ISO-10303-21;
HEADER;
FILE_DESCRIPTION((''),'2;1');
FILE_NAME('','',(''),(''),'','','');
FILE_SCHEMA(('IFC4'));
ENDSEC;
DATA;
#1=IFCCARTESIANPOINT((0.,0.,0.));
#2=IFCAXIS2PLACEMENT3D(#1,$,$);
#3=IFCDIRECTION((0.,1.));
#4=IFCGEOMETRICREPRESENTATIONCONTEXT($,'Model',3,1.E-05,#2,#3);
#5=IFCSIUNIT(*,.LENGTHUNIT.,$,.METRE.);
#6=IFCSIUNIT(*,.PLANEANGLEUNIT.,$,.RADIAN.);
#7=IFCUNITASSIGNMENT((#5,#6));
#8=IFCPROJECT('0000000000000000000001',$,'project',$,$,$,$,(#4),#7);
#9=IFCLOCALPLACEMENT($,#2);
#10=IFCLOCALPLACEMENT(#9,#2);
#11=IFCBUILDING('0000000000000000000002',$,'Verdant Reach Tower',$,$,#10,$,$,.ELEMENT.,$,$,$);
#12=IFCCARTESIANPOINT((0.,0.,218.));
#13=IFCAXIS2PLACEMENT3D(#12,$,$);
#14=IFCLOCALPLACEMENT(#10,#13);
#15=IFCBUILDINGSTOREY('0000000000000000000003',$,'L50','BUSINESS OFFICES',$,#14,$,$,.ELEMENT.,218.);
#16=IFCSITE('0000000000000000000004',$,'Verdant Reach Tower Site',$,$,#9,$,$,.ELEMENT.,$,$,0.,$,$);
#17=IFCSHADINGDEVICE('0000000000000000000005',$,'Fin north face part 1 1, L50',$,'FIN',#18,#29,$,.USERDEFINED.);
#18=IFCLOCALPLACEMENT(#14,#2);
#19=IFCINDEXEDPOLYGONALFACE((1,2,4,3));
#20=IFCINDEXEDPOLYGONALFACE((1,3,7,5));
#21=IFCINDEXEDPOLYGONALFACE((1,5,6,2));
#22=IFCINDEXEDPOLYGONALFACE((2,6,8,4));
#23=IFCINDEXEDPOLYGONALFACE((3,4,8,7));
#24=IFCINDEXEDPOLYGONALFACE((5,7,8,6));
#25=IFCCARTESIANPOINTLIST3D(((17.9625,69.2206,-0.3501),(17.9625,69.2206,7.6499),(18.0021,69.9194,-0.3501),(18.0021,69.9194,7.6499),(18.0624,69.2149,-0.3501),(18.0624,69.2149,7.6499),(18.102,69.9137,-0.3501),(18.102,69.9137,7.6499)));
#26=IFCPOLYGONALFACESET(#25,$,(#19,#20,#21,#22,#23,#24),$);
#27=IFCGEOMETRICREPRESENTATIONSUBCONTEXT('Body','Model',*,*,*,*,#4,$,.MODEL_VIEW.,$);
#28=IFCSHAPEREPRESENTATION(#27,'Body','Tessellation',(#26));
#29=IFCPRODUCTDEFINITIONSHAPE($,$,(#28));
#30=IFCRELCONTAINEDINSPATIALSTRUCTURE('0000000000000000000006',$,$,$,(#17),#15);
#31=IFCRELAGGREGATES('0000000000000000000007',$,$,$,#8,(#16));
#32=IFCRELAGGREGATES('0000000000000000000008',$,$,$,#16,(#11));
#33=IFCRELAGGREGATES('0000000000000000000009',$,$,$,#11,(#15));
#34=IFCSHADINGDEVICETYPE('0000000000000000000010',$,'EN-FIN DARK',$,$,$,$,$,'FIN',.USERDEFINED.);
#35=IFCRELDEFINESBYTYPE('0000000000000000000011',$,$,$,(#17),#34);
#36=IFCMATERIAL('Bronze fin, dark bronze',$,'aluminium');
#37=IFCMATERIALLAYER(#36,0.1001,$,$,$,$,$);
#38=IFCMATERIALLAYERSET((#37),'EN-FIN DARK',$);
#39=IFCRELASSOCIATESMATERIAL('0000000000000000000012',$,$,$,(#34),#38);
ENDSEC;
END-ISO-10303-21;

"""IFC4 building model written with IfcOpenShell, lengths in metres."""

from ifc_helpers import new_model, si_unit, direction, frame, origin, origin_2d, place, context, subcontext, project, spatial, rectangle, extrude, material, layer, layer_set, type_object, element, save


model = new_model("IFC4")

# Units and contexts
model_context = context("Model", 3, precision=1e-05, world=origin(), true_north=direction((0.0, 1.0)))
body_context = subcontext(model_context, "Body", "Model", "MODEL_VIEW")
ifc_project = project(units=[si_unit("LENGTHUNIT", "METRE"), si_unit("PLANEANGLEUNIT", "RADIAN")], contexts=[model_context])

# Site, building, storey
site_placement = place(None, origin())
site = spatial("IfcSite", under=ifc_project, at=site_placement, Name="Verdant Reach Tower Site", CompositionType="ELEMENT", RefElevation=0.0)
building_placement = place(site_placement, origin())
building = spatial("IfcBuilding", under=site, at=building_placement, Name="Verdant Reach Tower", CompositionType="ELEMENT")
storey_placement = place(building_placement, frame((0.0, 0.0, 218.0)))
storey = spatial("IfcBuildingStorey", under=building, at=storey_placement, Name="L50", Description="BUSINESS OFFICES", CompositionType="ELEMENT", Elevation=218.0)

# Shading device
ifc_material_1 = material(Name="Bronze fin, dark bronze", Category="aluminium")
ifc_layer_1 = layer(ifc_material_1, 0.1001)
ifc_layer_set_1 = layer_set([ifc_layer_1], Name="EN-FIN DARK")
shading_device_type_1 = type_object("IfcShadingDeviceType", Name="EN-FIN DARK", ElementType="FIN", PredefinedType="USERDEFINED", material=ifc_layer_set_1)
for number, where, z_axis, x_axis, name in (
    (1, (18.0322, 69.5671, -0.3501), (0.0, 0.0, 1.0), (-0.998399, 0.056569, 0.0), "Fin north face part 1 1, L50"),
):
    element("IfcShadingDevice", number, at=place(storey_placement, frame(where, z_axis=z_axis, x_axis=x_axis)), inside=storey, type_object=shading_device_type_1, Name=name, ObjectType="FIN", PredefinedType="USERDEFINED", context=body_context, shape_type="SweptSolid", body=[
        extrude(rectangle(XDim=0.1001, YDim=0.7, at=origin_2d()), origin(), (0.0, 0.0, 1.0), 8.0),
    ])

save(model, "model.ifc")
